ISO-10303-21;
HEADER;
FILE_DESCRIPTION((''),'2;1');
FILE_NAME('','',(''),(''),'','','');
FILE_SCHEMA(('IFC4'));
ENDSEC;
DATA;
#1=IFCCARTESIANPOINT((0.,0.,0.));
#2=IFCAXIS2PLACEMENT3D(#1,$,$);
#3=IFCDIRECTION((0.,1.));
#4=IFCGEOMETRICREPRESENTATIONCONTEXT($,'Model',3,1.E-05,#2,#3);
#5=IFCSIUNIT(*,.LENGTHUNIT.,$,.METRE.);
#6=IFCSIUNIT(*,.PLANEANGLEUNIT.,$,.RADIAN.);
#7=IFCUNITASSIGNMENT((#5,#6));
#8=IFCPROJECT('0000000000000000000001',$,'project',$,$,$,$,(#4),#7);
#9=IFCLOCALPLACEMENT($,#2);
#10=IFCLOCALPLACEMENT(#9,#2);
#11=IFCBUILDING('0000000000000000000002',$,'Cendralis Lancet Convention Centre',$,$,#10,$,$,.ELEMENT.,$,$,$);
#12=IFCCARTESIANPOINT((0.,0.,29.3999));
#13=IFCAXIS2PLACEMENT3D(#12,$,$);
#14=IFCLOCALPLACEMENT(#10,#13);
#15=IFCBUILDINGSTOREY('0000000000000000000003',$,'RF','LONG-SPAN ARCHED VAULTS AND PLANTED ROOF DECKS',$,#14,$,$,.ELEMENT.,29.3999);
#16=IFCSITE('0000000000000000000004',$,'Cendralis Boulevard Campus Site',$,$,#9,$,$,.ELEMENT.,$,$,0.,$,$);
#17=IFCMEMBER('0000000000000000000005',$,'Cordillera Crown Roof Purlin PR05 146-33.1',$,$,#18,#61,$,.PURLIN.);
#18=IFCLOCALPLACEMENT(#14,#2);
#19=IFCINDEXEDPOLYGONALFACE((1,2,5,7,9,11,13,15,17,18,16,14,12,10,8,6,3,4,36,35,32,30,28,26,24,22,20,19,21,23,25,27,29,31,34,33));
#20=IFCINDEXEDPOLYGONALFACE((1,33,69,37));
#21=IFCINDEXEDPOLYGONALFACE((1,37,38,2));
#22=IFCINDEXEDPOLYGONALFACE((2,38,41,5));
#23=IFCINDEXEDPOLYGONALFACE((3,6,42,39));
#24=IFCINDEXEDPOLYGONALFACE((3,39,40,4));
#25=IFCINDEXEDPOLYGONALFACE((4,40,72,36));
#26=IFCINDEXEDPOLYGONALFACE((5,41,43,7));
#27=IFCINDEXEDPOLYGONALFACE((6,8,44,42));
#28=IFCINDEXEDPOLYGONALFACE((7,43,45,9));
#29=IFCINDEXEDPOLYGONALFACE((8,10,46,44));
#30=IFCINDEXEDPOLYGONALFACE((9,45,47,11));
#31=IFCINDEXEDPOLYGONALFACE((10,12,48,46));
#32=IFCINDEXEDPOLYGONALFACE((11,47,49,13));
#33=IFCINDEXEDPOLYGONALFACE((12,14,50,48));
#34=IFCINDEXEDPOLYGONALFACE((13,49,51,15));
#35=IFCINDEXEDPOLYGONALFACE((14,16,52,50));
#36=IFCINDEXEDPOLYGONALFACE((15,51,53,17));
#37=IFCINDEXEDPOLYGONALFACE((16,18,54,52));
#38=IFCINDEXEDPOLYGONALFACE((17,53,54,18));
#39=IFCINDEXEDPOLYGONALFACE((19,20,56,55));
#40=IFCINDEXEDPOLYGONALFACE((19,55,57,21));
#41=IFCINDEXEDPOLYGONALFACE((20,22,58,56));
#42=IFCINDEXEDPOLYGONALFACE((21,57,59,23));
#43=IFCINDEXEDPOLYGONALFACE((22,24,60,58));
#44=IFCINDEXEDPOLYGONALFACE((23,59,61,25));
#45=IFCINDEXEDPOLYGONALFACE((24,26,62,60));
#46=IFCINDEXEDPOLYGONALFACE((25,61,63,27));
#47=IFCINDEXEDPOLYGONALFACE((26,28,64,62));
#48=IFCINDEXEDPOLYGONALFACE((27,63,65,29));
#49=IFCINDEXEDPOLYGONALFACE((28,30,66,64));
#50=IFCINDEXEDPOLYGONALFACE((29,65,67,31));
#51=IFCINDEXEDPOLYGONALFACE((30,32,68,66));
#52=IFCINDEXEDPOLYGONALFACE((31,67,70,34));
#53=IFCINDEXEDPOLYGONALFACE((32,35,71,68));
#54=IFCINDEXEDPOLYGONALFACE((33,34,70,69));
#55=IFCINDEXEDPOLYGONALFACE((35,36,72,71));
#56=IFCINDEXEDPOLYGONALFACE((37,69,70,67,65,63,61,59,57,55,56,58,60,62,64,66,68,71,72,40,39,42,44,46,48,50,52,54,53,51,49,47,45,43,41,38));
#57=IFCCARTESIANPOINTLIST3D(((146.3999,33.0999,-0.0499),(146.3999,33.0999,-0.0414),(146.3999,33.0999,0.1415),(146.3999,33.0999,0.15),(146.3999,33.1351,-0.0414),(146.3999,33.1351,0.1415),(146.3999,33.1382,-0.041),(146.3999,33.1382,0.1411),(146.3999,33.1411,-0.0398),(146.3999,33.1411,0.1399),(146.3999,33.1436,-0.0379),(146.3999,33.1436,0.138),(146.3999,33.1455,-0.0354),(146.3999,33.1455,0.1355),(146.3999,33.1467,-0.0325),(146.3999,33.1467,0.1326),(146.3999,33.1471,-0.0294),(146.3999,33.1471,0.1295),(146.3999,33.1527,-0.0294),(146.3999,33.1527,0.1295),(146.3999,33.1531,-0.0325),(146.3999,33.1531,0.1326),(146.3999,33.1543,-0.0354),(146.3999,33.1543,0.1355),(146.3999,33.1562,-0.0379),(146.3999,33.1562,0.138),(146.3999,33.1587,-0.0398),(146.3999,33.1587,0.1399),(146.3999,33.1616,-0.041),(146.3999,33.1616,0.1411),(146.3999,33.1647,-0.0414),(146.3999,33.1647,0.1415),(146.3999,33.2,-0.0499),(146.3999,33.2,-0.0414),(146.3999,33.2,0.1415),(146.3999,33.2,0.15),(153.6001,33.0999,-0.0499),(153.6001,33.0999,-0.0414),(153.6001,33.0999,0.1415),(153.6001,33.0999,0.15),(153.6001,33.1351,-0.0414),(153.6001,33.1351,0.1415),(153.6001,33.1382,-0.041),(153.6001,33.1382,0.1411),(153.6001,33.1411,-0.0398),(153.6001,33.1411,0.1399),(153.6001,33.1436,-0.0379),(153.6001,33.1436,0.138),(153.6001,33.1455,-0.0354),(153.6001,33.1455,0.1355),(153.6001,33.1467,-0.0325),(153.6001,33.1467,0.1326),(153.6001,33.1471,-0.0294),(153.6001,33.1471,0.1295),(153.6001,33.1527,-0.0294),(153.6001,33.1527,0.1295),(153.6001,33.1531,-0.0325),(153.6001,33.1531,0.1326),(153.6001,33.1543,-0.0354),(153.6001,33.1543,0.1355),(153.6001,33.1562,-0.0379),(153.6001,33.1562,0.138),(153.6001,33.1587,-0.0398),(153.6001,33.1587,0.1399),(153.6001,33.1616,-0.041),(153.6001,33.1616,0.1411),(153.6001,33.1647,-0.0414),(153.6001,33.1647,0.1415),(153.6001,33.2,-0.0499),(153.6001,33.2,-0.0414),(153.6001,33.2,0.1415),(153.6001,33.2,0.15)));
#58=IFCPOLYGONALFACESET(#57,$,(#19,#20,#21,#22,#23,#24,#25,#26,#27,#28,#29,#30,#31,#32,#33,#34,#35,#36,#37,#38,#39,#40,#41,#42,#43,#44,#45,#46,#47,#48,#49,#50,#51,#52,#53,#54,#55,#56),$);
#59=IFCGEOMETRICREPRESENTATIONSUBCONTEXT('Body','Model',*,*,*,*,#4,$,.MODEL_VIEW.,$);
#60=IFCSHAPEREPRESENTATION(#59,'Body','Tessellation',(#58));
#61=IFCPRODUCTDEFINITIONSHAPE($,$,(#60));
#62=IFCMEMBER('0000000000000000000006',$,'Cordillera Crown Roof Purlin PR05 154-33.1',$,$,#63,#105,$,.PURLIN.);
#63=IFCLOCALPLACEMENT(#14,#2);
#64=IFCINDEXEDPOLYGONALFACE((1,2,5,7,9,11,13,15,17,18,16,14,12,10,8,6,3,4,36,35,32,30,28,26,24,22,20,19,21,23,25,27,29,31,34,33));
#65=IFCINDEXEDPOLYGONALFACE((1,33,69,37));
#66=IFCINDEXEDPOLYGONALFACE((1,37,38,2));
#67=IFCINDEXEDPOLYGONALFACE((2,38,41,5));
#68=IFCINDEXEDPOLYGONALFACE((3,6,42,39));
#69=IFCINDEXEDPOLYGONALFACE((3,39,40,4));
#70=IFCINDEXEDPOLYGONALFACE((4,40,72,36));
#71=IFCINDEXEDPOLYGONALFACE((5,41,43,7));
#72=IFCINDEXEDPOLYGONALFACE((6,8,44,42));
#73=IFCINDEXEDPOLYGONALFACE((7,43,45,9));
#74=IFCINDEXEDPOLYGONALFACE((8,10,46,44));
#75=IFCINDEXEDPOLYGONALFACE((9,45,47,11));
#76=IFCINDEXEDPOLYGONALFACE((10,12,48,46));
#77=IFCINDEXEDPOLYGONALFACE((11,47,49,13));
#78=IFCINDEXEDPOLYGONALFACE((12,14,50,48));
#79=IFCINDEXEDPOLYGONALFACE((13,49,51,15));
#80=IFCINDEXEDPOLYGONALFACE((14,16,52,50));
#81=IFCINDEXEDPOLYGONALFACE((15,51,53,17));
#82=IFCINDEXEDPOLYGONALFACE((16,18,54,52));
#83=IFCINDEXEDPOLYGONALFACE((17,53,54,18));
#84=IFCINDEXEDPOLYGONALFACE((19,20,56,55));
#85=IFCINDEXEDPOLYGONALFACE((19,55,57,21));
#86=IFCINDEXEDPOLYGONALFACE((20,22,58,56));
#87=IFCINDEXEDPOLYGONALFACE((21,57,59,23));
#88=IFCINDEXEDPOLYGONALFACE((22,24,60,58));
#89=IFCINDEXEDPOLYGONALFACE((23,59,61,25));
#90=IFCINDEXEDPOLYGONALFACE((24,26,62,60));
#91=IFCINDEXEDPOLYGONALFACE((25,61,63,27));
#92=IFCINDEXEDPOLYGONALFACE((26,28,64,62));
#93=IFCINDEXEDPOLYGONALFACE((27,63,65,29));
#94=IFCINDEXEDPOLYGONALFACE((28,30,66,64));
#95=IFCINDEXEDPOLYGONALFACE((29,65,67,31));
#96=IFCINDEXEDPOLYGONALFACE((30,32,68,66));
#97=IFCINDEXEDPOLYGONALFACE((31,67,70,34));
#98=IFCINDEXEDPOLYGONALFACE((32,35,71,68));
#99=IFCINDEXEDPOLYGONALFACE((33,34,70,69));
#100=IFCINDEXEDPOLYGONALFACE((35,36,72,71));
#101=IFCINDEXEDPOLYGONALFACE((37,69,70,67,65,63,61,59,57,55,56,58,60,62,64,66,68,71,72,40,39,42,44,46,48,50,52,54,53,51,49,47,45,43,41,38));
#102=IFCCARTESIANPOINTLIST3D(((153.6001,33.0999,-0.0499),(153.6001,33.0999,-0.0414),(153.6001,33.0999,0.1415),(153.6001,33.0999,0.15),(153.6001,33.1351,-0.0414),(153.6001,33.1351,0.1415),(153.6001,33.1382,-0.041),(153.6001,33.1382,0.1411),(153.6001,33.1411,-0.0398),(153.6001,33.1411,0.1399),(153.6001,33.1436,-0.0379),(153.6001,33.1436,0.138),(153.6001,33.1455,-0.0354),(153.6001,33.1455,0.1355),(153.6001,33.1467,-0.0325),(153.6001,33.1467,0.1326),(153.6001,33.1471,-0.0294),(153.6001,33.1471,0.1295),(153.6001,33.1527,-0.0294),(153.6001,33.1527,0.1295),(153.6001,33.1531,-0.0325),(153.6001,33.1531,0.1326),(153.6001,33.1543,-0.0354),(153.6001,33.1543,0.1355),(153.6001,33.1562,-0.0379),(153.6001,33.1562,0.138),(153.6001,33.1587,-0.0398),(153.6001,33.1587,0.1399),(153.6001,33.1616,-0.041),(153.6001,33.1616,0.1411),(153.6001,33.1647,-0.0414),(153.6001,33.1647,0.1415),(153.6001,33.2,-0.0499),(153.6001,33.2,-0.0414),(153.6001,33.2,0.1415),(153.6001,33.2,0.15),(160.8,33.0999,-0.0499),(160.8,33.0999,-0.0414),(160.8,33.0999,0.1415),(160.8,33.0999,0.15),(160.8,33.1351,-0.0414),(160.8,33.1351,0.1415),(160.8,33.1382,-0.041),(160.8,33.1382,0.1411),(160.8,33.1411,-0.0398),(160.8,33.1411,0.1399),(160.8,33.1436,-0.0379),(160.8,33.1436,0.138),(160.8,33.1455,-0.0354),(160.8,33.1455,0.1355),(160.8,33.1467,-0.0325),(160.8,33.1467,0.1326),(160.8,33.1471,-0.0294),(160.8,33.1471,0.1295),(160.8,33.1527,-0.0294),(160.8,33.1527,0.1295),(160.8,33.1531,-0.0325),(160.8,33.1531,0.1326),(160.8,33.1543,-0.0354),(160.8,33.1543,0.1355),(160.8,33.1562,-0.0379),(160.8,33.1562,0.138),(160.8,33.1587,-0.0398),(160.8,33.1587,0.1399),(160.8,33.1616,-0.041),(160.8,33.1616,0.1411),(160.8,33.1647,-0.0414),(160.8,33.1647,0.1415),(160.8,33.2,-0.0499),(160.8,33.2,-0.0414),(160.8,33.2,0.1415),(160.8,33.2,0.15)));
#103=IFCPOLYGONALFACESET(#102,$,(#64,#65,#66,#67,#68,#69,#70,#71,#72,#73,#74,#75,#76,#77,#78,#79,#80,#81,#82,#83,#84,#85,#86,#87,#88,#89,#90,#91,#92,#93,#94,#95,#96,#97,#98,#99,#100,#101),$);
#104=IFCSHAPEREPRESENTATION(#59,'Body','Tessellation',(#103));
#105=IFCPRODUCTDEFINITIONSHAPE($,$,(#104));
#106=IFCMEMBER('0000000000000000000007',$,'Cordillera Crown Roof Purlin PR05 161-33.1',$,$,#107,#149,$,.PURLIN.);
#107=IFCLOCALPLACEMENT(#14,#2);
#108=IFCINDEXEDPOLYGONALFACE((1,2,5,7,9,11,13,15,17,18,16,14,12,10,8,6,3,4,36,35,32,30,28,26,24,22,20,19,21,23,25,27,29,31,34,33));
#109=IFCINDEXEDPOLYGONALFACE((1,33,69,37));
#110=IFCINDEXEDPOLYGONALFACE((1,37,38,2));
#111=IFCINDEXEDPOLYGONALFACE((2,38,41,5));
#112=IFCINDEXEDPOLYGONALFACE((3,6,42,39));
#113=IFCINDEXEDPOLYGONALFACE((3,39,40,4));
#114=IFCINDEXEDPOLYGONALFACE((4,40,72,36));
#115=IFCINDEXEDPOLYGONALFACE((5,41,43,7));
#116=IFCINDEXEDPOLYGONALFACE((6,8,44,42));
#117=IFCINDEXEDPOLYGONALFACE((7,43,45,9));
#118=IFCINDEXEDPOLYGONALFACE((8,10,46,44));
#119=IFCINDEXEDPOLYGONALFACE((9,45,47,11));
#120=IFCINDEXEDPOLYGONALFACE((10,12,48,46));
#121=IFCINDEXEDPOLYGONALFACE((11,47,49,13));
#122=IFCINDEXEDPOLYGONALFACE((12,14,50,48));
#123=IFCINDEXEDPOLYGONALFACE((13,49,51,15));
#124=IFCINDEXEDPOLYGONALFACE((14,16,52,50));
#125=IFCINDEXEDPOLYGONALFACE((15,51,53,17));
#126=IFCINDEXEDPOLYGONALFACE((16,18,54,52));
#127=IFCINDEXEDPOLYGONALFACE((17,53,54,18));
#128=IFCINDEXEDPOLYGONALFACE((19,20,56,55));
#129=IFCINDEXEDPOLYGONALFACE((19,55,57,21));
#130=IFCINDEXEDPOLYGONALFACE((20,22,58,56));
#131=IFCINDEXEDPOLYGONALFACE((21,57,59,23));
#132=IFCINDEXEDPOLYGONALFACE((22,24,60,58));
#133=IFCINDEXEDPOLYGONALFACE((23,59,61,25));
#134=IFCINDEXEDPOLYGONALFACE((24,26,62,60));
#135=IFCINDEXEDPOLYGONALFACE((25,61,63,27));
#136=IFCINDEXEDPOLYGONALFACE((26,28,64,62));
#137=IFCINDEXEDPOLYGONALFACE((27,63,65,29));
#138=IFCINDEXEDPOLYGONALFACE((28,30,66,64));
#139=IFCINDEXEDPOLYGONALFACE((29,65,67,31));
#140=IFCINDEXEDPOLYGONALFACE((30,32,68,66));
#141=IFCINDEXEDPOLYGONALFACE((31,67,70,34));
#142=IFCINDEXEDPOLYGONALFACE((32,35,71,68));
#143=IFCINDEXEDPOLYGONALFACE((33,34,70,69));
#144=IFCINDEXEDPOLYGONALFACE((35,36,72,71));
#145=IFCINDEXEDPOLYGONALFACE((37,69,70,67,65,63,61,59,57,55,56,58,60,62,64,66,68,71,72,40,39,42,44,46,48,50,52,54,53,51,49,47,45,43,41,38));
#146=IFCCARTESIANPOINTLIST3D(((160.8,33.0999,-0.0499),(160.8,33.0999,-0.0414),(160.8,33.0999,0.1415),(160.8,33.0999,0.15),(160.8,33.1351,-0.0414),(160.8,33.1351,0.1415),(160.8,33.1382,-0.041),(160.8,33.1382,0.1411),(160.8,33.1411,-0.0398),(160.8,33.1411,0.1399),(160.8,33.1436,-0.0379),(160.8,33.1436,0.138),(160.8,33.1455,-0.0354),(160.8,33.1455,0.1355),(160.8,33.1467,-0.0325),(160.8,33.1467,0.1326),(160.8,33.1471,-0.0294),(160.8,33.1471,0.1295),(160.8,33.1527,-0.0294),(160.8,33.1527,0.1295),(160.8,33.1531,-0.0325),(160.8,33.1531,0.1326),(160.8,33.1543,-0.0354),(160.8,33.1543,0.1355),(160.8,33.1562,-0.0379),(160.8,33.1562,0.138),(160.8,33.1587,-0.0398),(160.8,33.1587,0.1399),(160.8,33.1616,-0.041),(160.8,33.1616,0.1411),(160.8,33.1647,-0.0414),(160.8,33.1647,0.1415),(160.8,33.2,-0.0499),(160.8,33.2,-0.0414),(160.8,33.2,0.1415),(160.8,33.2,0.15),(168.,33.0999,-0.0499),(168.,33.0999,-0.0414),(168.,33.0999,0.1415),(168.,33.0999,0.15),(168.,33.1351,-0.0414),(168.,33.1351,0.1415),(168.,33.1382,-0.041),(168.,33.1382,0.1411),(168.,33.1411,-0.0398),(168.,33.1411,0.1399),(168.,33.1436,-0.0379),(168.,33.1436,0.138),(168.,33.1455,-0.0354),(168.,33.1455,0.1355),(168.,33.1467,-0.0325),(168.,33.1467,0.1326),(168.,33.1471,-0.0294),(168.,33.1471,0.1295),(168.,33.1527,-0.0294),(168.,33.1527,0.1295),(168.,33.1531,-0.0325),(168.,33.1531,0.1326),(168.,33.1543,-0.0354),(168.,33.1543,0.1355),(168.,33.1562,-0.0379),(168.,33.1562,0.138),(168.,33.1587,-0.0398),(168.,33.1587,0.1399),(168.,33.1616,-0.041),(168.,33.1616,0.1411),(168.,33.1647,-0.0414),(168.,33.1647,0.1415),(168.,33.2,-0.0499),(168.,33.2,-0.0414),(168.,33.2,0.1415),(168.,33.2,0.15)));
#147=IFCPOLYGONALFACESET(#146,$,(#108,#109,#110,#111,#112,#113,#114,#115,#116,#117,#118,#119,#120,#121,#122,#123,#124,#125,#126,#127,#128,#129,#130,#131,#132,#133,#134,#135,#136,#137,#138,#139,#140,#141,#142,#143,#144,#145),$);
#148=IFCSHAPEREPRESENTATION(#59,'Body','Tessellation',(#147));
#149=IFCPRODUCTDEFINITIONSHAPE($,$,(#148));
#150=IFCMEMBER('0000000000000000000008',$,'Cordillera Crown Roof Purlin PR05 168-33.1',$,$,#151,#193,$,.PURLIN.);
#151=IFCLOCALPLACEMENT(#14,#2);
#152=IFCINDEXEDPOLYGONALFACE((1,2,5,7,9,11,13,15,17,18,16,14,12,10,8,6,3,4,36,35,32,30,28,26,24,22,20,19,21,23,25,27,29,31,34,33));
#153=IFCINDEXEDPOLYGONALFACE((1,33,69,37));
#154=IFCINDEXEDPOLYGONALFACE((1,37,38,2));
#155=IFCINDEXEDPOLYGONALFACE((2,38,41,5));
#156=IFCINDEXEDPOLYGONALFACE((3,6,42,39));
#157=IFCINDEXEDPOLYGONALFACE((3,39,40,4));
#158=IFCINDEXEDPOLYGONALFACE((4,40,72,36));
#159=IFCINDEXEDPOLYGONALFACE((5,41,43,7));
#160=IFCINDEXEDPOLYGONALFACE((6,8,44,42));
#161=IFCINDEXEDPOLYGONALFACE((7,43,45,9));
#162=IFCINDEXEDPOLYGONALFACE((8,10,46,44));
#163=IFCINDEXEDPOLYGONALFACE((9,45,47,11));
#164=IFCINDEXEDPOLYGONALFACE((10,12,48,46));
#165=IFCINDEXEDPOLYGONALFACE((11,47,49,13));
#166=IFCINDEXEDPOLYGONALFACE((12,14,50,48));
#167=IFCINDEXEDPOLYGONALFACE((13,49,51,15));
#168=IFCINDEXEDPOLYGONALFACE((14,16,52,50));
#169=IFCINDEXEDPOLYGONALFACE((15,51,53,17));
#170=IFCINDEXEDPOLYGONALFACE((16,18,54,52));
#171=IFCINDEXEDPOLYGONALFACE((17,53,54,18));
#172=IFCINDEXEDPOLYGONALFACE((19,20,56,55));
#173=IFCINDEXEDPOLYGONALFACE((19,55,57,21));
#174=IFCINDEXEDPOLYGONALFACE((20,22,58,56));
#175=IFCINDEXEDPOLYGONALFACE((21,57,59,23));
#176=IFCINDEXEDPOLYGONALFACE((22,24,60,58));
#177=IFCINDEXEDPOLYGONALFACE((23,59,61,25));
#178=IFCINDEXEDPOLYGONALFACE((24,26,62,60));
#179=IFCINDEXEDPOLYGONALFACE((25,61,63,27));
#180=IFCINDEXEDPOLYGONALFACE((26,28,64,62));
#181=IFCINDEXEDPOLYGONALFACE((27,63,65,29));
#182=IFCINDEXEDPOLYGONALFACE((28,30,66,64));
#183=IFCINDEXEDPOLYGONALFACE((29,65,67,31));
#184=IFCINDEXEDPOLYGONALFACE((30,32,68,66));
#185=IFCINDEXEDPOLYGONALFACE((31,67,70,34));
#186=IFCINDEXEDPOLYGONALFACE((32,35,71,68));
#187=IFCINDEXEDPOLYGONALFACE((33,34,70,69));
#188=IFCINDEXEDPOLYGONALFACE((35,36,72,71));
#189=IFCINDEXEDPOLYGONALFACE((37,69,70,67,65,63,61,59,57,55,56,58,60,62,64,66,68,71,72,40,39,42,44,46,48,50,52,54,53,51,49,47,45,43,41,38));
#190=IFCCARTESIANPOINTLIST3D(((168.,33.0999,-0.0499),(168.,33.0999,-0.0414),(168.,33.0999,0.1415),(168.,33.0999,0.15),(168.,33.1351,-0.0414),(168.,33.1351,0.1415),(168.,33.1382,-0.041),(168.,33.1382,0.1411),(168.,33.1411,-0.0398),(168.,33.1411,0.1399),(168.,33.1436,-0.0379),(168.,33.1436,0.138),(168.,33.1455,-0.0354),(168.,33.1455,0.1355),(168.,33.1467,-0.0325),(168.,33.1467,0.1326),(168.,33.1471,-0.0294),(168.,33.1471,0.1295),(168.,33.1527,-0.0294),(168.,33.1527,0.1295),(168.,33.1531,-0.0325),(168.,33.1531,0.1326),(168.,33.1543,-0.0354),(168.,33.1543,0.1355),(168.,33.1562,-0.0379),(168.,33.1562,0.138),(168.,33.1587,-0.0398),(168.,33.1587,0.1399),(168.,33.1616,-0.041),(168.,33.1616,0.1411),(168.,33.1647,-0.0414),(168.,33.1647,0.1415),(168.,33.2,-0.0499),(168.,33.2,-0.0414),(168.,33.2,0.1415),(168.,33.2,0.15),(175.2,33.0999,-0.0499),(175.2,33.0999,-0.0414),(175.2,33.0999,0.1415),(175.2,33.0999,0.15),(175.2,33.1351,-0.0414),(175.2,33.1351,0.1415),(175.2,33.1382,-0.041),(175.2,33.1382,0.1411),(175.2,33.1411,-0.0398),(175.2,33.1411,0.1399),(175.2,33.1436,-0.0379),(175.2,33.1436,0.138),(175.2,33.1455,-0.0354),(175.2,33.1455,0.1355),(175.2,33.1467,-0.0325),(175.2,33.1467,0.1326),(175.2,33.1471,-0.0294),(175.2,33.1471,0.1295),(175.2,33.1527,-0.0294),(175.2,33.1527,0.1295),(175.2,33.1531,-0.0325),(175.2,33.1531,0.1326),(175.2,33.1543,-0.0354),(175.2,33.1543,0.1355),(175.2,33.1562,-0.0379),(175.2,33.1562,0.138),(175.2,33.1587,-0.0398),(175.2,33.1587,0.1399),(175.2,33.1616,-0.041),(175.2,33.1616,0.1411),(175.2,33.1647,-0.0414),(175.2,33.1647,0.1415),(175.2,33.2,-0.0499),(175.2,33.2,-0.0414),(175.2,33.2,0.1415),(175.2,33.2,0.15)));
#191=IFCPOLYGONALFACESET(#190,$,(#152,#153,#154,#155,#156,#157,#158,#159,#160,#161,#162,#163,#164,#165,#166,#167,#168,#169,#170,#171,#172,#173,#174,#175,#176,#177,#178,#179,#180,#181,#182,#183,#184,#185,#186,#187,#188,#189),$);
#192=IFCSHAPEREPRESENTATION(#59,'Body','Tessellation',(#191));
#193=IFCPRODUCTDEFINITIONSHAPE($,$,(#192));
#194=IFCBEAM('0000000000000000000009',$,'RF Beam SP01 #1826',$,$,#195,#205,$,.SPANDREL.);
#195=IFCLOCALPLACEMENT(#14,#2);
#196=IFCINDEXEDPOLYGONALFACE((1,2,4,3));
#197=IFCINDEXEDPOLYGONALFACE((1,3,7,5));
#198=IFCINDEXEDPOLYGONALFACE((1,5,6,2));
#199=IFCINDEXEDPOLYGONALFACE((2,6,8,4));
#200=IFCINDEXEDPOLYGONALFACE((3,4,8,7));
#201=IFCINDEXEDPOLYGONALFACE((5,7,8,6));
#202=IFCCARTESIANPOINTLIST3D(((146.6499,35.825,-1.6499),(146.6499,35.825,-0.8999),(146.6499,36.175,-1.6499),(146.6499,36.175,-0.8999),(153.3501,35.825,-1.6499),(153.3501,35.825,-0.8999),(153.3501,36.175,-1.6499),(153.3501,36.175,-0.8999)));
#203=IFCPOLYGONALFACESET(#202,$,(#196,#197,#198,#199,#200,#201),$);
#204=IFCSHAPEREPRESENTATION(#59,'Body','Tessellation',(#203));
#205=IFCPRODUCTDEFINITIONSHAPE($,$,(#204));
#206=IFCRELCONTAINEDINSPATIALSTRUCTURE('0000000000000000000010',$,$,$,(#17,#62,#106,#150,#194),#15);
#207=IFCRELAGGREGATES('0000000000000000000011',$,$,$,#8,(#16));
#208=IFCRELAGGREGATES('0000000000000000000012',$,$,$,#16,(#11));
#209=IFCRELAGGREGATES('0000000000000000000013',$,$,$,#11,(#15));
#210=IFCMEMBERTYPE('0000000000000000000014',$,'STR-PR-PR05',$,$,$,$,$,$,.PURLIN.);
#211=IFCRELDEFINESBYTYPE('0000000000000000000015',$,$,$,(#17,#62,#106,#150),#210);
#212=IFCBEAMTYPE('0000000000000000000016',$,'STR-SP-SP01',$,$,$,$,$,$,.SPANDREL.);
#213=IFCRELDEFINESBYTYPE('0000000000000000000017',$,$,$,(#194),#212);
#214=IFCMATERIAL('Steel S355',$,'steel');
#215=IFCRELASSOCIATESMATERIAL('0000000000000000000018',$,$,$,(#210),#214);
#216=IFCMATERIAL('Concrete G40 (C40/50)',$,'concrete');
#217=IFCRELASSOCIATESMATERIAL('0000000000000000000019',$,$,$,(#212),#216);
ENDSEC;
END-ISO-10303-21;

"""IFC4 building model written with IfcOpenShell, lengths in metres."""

from ifc_helpers import new_model, si_unit, direction, frame, origin, origin_2d, place, context, subcontext, project, spatial, rectangle, i_section, extrude, material, material_profile, profile_set, type_object, element, save


model = new_model("IFC4")

# Units and contexts
model_context = context("Model", 3, precision=1e-05, world=origin(), true_north=direction((0.0, 1.0)))
body_context = subcontext(model_context, "Body", "Model", "MODEL_VIEW")
ifc_project = project(units=[si_unit("LENGTHUNIT", "METRE"), si_unit("PLANEANGLEUNIT", "RADIAN")], contexts=[model_context])

# Site, building, storey
site_placement = place(None, origin())
site = spatial("IfcSite", under=ifc_project, at=site_placement, Name="Cendralis Boulevard Campus Site", CompositionType="ELEMENT", RefElevation=0.0)
building_placement = place(site_placement, origin())
building = spatial("IfcBuilding", under=site, at=building_placement, Name="Cendralis Lancet Convention Centre", CompositionType="ELEMENT")
storey_placement = place(building_placement, frame((0.0, 0.0, 29.3999)))
storey = spatial("IfcBuildingStorey", under=building, at=storey_placement, Name="RF", Description="LONG-SPAN ARCHED VAULTS AND PLANTED ROOF DECKS", CompositionType="ELEMENT", Elevation=29.3999)

# Members
ifc_material_1 = material(Name="Steel S355", Category="steel")
ifc_material_profile_1 = material_profile(ifc_material_1, i_section(OverallWidth=0.1001, OverallDepth=0.2, WebThickness=0.0056, FlangeThickness=0.0085, FilletRadius=0.012, at=origin_2d()), Name="IPE 200")
ifc_profile_set_1 = profile_set([ifc_material_profile_1], Name="Steel S355")
member_type = type_object("IfcMemberType", Name="STR-PR-PR05", PredefinedType="PURLIN", material=ifc_profile_set_1)
member_placement = place(storey_placement, frame((146.3999, 33.1499, 0.05), z_axis=(1.0, 0.0, 0.0), x_axis=(0.0, 1.0, 0.0)))
element("IfcMember", 1, at=member_placement, inside=storey, type_object=member_type, Name="Cordillera Crown Roof Purlin PR05 146-33.1", PredefinedType="PURLIN", context=body_context, shape_type="SweptSolid", body=[
    extrude(i_section(OverallWidth=0.1001, OverallDepth=0.2, WebThickness=0.0056, FlangeThickness=0.0085, FilletRadius=0.012, at=origin_2d()), origin(), (0.0, 0.0, 1.0), 7.2002),
])
for number, where, z_axis, x_axis, name in (
    (2, (153.6001, 33.1499, 0.05), (1.0, 0.0, 0.0), (0.0, 1.0, 0.0), "Cordillera Crown Roof Purlin PR05 154-33.1"),
    (3, (160.8, 33.1499, 0.05), (1.0, 0.0, 0.0), (0.0, 1.0, 0.0), "Cordillera Crown Roof Purlin PR05 161-33.1"),
    (4, (168.0, 33.1499, 0.05), (1.0, 0.0, 0.0), (0.0, 1.0, 0.0), "Cordillera Crown Roof Purlin PR05 168-33.1"),
):
    element("IfcMember", number, at=place(storey_placement, frame(where, z_axis=z_axis, x_axis=x_axis)), inside=storey, type_object=member_type, Name=name, PredefinedType="PURLIN", context=body_context, shape_type="SweptSolid", body=[
        extrude(i_section(OverallWidth=0.1001, OverallDepth=0.2, WebThickness=0.0056, FlangeThickness=0.0085, FilletRadius=0.012, at=origin_2d()), origin(), (0.0, 0.0, 1.0), 7.2),
    ])

# Beam
ifc_material_2 = material(Name="Concrete G40 (C40/50)", Category="concrete")
ifc_material_profile_2 = material_profile(ifc_material_2, rectangle(XDim=0.3501, YDim=0.75, at=origin_2d()), Name="RCB 350x750")
ifc_profile_set_2 = profile_set([ifc_material_profile_2], Name="Concrete G40 (C40/50)")
beam_type = type_object("IfcBeamType", Name="STR-SP-SP01", PredefinedType="SPANDREL", material=ifc_profile_set_2)
beam_placement = place(storey_placement, frame((146.6499, 36.0, -1.2749), z_axis=(1.0, 0.0, 0.0), x_axis=(0.0, 1.0, 0.0)))
element("IfcBeam", 5, at=beam_placement, inside=storey, type_object=beam_type, Name="RF Beam SP01 #1826", PredefinedType="SPANDREL", context=body_context, shape_type="SweptSolid", body=[
    extrude(rectangle(XDim=0.3501, YDim=0.75, at=origin_2d()), origin(), (0.0, 0.0, 1.0), 6.7002),
])

save(model, "model.ifc")
